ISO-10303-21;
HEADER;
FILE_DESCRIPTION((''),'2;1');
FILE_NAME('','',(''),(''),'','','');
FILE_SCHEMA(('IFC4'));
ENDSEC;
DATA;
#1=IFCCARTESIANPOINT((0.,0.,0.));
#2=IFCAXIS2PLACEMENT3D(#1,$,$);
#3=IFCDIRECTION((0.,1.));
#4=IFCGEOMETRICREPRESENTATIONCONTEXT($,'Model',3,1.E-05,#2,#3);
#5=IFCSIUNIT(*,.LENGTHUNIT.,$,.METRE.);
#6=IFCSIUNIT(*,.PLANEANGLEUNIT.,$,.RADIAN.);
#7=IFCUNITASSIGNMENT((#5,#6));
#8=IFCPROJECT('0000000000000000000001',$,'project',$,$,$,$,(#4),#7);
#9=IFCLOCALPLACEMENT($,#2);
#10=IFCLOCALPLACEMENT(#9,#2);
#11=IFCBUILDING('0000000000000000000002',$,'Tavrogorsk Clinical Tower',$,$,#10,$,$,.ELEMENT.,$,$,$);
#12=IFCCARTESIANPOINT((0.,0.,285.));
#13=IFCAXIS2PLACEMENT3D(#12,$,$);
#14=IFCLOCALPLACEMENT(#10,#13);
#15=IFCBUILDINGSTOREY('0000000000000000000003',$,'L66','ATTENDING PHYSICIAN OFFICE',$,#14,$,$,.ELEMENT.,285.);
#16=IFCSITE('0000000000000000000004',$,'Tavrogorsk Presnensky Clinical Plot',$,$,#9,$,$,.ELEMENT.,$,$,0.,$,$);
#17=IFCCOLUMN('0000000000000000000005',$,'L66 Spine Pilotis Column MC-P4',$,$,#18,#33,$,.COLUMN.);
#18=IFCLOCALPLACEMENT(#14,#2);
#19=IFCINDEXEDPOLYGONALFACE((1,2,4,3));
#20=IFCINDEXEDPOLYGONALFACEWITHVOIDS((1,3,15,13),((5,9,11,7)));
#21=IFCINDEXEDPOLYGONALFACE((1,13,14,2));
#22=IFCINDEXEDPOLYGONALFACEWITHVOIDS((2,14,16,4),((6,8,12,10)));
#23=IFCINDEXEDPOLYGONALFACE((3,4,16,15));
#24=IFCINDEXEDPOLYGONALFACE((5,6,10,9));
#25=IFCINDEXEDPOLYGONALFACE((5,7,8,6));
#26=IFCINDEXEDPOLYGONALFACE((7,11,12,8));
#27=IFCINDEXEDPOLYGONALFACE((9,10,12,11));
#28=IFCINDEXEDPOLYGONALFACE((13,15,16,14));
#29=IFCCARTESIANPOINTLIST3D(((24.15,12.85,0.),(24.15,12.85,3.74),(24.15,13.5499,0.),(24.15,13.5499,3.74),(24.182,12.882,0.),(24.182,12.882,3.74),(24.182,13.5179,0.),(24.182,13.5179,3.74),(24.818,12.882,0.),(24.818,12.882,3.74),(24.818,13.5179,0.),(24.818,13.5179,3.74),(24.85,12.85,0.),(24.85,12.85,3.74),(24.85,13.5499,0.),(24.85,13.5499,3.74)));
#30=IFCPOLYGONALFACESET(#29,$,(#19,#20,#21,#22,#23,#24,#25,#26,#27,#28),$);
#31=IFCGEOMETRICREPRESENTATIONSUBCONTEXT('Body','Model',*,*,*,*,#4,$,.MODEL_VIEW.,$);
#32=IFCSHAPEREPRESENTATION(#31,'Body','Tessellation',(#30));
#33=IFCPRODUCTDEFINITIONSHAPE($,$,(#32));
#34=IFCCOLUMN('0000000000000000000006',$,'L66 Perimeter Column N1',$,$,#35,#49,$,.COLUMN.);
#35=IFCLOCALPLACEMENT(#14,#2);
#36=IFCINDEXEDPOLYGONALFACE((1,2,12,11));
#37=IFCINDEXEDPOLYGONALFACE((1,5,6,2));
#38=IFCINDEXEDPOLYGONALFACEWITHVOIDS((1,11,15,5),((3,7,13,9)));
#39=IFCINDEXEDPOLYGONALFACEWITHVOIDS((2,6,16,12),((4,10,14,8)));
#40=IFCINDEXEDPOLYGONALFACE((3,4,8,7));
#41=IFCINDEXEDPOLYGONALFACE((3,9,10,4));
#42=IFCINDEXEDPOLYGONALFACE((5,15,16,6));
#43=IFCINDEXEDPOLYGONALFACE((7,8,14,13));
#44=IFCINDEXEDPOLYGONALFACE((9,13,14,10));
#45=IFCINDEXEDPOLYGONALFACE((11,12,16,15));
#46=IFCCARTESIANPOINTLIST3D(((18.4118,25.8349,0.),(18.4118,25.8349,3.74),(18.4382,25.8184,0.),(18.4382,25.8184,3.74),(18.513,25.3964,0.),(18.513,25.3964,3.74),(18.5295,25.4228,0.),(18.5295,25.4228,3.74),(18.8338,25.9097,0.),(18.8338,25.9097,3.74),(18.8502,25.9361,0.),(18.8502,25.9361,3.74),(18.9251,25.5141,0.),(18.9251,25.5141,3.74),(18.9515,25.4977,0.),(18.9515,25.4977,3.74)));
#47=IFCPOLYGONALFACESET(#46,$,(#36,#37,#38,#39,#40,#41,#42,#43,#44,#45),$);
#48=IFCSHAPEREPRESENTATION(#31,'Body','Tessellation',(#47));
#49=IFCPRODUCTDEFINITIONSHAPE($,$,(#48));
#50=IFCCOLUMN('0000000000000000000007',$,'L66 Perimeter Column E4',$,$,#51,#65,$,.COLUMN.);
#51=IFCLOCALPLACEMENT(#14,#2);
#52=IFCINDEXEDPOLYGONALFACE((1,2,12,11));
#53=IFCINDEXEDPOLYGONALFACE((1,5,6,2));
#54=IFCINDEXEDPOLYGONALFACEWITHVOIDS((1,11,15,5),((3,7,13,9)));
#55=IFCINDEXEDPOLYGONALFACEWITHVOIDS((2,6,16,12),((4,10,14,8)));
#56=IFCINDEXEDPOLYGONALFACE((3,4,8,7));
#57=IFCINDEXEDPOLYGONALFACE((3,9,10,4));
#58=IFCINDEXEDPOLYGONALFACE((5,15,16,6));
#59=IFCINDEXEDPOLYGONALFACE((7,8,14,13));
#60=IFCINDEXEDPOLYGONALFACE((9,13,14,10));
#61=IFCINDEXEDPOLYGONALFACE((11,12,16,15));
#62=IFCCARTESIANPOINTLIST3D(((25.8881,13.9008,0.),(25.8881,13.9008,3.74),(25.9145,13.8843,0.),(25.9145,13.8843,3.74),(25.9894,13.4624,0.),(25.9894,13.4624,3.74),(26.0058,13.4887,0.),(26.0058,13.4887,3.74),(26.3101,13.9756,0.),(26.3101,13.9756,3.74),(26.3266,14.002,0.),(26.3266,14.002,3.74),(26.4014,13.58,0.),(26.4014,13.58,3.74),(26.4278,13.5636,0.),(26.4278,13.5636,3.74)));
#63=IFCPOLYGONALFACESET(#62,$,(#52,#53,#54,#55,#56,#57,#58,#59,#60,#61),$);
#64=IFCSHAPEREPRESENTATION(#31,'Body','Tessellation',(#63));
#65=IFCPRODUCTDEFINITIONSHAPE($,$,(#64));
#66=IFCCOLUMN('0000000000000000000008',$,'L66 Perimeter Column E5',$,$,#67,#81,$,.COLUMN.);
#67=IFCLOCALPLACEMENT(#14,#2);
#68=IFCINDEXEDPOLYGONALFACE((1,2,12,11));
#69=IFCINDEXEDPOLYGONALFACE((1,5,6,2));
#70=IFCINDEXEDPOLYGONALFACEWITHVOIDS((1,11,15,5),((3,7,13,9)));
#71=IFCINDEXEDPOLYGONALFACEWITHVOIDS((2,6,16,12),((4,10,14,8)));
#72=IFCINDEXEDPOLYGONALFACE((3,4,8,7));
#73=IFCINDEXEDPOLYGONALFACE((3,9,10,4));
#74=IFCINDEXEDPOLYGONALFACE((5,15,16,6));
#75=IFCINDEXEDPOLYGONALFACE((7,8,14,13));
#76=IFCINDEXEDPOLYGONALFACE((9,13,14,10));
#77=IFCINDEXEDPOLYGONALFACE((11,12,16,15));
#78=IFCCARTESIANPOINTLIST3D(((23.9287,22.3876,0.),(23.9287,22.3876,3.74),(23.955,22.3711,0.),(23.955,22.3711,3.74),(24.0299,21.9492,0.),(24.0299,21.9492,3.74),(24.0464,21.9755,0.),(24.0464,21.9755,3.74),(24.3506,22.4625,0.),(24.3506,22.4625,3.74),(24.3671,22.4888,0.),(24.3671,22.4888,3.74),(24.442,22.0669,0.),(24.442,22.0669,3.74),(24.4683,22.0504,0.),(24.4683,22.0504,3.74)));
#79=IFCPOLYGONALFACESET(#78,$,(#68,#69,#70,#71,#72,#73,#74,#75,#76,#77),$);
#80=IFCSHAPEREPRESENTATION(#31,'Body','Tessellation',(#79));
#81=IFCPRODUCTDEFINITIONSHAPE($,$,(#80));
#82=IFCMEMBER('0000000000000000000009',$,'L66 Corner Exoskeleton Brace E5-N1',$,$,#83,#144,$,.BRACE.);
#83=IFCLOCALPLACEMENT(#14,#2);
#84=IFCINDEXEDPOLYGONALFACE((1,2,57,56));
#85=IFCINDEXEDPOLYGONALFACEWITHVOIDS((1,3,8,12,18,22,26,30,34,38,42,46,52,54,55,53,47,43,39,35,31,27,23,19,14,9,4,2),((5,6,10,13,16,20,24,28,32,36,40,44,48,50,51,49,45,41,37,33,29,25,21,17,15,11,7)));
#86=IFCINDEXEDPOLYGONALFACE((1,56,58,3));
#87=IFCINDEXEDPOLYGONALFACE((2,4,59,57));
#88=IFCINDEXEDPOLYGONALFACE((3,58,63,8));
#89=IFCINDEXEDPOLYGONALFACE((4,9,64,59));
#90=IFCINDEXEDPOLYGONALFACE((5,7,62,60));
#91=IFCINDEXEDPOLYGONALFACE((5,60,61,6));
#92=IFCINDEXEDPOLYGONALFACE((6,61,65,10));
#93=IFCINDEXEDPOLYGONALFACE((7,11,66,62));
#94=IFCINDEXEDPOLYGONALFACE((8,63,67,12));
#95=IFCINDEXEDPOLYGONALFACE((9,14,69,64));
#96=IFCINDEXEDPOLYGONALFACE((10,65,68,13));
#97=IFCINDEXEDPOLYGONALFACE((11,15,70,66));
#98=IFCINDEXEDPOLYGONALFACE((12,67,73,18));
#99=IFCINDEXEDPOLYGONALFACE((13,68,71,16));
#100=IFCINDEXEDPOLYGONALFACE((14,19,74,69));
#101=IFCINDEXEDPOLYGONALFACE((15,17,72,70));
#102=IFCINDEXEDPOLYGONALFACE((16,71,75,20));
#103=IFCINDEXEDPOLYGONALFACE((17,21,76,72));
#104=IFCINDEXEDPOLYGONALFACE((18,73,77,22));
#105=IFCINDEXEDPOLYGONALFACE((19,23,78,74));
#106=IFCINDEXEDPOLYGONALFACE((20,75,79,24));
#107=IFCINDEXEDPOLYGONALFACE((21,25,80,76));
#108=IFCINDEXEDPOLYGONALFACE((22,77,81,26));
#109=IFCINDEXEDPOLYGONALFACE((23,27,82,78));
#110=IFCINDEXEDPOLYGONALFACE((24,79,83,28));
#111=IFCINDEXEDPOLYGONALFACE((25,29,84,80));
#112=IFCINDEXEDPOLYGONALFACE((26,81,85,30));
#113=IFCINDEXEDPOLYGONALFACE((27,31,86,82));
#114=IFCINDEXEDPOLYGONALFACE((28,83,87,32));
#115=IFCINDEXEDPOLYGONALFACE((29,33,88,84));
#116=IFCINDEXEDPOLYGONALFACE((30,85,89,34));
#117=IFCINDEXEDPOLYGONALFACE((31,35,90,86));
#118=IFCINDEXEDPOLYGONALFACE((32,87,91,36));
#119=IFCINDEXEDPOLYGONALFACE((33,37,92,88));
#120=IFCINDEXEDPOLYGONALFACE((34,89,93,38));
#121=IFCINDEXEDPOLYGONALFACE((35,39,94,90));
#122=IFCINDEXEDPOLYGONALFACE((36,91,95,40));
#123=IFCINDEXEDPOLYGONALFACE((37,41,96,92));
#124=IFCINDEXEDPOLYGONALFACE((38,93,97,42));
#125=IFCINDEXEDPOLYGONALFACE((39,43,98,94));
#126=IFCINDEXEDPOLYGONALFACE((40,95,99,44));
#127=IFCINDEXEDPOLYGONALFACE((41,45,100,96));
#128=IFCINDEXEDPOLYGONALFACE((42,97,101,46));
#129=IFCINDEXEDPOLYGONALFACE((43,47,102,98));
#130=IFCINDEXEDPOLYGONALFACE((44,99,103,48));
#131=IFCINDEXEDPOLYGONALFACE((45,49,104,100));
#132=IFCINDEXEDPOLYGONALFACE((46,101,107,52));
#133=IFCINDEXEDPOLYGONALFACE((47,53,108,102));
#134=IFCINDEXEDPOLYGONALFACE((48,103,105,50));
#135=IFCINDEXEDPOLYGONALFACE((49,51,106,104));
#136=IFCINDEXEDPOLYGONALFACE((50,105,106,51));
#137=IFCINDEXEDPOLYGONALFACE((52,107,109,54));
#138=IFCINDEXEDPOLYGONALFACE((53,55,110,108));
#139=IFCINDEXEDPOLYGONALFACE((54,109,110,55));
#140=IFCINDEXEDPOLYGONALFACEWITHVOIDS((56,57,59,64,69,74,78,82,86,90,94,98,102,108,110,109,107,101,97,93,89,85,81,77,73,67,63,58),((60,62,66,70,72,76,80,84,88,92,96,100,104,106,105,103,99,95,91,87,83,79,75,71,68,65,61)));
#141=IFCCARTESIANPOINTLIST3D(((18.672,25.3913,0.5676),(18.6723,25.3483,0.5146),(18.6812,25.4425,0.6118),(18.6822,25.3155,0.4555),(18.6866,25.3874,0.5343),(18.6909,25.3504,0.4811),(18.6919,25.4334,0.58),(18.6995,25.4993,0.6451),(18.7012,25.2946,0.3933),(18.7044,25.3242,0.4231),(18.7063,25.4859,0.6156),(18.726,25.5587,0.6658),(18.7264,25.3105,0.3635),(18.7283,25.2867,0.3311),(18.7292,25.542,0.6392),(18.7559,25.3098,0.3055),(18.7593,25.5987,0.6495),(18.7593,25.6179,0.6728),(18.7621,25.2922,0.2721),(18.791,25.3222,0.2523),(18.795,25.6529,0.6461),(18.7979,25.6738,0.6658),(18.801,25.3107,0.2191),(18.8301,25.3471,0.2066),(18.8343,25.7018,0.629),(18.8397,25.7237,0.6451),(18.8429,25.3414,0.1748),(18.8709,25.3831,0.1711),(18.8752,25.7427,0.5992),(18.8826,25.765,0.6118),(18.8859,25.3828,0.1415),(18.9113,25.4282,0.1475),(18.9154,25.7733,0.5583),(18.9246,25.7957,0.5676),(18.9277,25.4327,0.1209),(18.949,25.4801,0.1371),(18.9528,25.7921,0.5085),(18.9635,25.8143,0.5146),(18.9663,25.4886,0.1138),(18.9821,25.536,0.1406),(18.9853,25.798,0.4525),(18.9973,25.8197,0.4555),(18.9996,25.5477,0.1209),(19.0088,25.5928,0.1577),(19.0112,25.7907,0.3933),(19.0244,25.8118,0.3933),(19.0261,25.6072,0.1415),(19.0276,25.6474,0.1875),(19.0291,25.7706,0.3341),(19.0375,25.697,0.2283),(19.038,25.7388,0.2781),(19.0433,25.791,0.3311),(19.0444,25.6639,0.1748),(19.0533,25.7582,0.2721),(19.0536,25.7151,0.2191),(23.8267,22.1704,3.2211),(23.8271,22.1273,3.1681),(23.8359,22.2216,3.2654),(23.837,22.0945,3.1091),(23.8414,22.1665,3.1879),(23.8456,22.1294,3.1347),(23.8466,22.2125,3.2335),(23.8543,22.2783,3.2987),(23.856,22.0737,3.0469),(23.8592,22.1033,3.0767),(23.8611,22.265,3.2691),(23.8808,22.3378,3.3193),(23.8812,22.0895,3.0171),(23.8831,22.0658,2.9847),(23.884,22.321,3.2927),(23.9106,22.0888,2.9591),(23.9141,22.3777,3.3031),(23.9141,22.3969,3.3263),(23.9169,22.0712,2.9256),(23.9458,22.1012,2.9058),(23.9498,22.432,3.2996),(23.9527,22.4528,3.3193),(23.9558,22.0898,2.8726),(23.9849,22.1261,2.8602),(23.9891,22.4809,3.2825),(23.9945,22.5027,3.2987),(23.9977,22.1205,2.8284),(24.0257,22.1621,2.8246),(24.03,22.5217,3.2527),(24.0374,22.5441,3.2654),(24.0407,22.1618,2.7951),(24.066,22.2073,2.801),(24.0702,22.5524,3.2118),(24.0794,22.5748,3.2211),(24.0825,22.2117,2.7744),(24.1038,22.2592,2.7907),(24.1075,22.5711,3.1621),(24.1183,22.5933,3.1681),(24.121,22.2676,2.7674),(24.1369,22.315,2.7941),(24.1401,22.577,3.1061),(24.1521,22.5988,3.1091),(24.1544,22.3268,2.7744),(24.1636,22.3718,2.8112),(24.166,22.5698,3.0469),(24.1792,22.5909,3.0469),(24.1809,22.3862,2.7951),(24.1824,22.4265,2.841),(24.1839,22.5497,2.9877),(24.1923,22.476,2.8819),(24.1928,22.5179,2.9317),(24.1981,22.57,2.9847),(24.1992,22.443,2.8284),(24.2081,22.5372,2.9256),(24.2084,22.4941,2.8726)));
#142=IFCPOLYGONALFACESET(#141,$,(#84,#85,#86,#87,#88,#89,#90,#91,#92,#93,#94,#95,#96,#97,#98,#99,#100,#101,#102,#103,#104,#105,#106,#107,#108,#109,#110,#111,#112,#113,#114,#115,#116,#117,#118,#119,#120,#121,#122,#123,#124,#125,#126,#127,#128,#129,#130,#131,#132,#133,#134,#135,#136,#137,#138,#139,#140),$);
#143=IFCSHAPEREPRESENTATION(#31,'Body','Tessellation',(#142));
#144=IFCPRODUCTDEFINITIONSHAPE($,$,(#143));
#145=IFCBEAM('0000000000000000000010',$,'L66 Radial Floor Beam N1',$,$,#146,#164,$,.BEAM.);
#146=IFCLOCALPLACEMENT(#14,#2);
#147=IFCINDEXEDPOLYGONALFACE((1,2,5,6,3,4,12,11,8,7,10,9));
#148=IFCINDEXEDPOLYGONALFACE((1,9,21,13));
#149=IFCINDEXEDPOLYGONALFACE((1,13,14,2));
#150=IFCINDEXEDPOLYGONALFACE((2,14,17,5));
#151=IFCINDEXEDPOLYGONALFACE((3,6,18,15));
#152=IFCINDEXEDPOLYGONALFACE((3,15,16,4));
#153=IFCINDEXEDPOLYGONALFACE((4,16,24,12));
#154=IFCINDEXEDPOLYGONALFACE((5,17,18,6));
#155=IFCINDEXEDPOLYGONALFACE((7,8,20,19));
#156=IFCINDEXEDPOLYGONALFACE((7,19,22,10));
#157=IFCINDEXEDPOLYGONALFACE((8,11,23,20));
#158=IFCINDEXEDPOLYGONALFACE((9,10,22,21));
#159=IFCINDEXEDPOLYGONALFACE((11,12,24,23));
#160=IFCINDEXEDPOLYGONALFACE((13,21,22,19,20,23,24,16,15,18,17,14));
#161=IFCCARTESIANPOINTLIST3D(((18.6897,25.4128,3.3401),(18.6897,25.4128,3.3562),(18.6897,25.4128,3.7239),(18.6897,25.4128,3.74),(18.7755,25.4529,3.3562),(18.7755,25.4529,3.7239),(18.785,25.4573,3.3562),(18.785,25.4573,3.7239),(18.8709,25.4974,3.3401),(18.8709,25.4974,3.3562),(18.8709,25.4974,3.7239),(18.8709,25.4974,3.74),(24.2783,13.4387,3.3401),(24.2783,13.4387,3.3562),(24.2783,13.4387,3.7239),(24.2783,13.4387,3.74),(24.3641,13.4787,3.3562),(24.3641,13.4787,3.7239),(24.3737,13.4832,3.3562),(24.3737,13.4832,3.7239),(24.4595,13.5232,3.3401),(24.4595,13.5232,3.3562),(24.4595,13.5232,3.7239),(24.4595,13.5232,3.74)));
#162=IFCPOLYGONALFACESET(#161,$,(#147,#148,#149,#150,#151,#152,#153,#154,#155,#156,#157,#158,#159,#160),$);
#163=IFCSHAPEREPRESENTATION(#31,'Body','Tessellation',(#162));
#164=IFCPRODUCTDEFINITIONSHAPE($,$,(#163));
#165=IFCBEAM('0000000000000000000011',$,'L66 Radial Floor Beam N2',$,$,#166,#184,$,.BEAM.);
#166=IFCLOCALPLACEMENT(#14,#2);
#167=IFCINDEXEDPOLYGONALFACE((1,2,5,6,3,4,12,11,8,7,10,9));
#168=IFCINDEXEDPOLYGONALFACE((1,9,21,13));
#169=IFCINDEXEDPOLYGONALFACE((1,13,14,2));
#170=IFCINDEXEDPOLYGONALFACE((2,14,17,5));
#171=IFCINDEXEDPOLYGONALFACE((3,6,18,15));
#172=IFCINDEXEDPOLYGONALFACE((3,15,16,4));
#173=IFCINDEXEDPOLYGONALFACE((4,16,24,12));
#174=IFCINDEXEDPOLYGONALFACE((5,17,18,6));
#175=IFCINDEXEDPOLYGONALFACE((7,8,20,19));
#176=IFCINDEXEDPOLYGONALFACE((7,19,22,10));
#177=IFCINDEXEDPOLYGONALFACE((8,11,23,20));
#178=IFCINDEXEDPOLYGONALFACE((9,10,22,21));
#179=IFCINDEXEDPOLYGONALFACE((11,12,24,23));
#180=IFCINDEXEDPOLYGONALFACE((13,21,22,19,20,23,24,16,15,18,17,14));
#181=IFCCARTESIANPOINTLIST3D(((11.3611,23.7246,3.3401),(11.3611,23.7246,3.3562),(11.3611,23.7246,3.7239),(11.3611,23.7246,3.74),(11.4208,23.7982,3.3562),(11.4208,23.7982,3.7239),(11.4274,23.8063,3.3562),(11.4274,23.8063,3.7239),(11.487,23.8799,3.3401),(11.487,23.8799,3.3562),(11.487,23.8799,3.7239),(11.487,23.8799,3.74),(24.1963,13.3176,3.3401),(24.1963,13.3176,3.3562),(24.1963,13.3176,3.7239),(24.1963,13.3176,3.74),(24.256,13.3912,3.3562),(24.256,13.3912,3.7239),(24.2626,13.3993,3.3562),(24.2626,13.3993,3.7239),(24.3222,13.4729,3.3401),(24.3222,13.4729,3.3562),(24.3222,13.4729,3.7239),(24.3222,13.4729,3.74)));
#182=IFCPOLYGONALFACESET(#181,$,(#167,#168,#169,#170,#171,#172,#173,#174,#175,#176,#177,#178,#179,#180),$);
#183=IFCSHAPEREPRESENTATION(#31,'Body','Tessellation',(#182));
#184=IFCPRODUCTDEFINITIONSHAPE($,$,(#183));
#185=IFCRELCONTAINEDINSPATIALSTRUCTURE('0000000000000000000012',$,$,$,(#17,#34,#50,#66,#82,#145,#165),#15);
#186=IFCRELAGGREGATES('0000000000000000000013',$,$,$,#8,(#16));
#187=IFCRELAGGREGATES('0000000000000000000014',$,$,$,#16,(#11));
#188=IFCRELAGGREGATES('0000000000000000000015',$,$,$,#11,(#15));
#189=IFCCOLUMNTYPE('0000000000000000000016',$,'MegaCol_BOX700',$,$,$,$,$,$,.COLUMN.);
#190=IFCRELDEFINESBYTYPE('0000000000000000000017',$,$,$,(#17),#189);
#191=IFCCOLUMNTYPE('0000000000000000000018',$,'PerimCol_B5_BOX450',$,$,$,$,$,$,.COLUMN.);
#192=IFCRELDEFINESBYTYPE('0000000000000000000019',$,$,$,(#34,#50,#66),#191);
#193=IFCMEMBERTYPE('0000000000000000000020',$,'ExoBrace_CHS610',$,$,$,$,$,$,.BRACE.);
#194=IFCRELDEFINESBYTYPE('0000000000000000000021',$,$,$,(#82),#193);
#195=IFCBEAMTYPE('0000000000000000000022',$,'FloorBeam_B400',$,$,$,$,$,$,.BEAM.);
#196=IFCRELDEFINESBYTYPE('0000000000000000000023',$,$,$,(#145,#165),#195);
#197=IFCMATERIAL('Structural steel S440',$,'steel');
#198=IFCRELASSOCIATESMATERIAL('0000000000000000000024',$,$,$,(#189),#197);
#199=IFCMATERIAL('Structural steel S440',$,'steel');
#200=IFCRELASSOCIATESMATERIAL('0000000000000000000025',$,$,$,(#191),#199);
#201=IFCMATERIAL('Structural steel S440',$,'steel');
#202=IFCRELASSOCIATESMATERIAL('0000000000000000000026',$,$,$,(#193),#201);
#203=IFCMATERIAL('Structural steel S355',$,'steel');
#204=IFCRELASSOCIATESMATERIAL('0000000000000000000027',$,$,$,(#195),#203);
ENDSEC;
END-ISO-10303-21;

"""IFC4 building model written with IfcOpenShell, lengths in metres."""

from ifc_helpers import new_model, si_unit, direction, frame, origin, origin_2d, place, context, subcontext, project, spatial, hollow_rectangle, hollow_circle, i_section, extrude, material, material_profile, profile_set, type_object, element, save


model = new_model("IFC4")

# Units and contexts
model_context = context("Model", 3, precision=1e-05, world=origin(), true_north=direction((0.0, 1.0)))
body_context = subcontext(model_context, "Body", "Model", "MODEL_VIEW")
ifc_project = project(units=[si_unit("LENGTHUNIT", "METRE"), si_unit("PLANEANGLEUNIT", "RADIAN")], contexts=[model_context])

# Site, building, storey
site_placement = place(None, origin())
site = spatial("IfcSite", under=ifc_project, at=site_placement, Name="Tavrogorsk Presnensky Clinical Plot", CompositionType="ELEMENT", RefElevation=0.0)
building_placement = place(site_placement, origin())
building = spatial("IfcBuilding", under=site, at=building_placement, Name="Tavrogorsk Clinical Tower", CompositionType="ELEMENT")
storey_placement = place(building_placement, frame((0.0, 0.0, 285.0)))
storey = spatial("IfcBuildingStorey", under=building, at=storey_placement, Name="L66", Description="ATTENDING PHYSICIAN OFFICE", CompositionType="ELEMENT", Elevation=285.0)

# Columns
ifc_material_1 = material(Name="Structural steel S440", Category="steel")
ifc_material_profile_1 = material_profile(ifc_material_1, hollow_rectangle(XDim=0.7, YDim=0.7, WallThickness=0.032, at=origin_2d()), Name="BOX-700x700x32")
ifc_profile_set_1 = profile_set([ifc_material_profile_1], Name="Structural steel S440")
column_type_1 = type_object("IfcColumnType", Name="MegaCol_BOX700", PredefinedType="COLUMN", material=ifc_profile_set_1)
column_placement = place(storey_placement, frame((24.5, 13.2, 0.0), z_axis=(0.0, 0.0, 1.0), x_axis=(1.0, 0.0, 0.0)))
element("IfcColumn", 1, at=column_placement, inside=storey, type_object=column_type_1, Name="L66 Spine Pilotis Column MC-P4", PredefinedType="COLUMN", context=body_context, shape_type="SweptSolid", body=[
    extrude(hollow_rectangle(XDim=0.7, YDim=0.7, WallThickness=0.032, at=origin_2d()), origin(), (0.0, 0.0, 1.0), 3.74),
])
ifc_material_2 = material(Name="Structural steel S440", Category="steel")
ifc_material_profile_2 = material_profile(ifc_material_2, hollow_rectangle(XDim=0.45, YDim=0.45, WallThickness=0.022, at=origin_2d()), Name="BOX-450x450x22")
ifc_profile_set_2 = profile_set([ifc_material_profile_2], Name="Structural steel S440")
column_type_2 = type_object("IfcColumnType", Name="PerimCol_B5_BOX450", PredefinedType="COLUMN", material=ifc_profile_set_2)
for number, where, z_axis, x_axis, name in (
    (2, (18.6816, 25.6663, 0.0), (0.0, 0.0, 1.0), (0.97437, 0.224951, 0.0), "L66 Perimeter Column N1"),
    (3, (26.158, 13.7322, 0.0), (0.0, 0.0, 1.0), (0.97437, 0.224951, 0.0), "L66 Perimeter Column E4"),
    (4, (24.1985, 22.219, 0.0), (0.0, 0.0, 1.0), (0.97437, 0.224951, 0.0), "L66 Perimeter Column E5"),
):
    element("IfcColumn", number, at=place(storey_placement, frame(where, z_axis=z_axis, x_axis=x_axis)), inside=storey, type_object=column_type_2, Name=name, PredefinedType="COLUMN", context=body_context, shape_type="SweptSolid", body=[
        extrude(hollow_rectangle(XDim=0.45, YDim=0.45, WallThickness=0.022, at=origin_2d()), origin(), (0.0, 0.0, 1.0), 3.74),
    ])

# Member
ifc_material_3 = material(Name="Structural steel S440", Category="steel")
ifc_material_profile_3 = material_profile(ifc_material_3, hollow_circle(Radius=0.3049, WallThickness=0.0249, at=origin_2d()), Name="CHS-610x25")
ifc_profile_set_3 = profile_set([ifc_material_profile_3], Name="Structural steel S440")
member_type_1 = type_object("IfcMemberType", Name="ExoBrace_CHS610", PredefinedType="BRACE", material=ifc_profile_set_3)
member_placement = place(storey_placement, frame((18.8628, 25.5532, 0.3933), z_axis=(0.777222, -0.485644, 0.400096), x_axis=(0.529905, 0.848057, 0.0)))
element("IfcMember", 5, at=member_placement, inside=storey, type_object=member_type_1, Name="L66 Corner Exoskeleton Brace E5-N1", PredefinedType="BRACE", context=body_context, shape_type="SweptSolid", body=[
    extrude(hollow_circle(Radius=0.3049, WallThickness=0.0249, at=origin_2d()), origin(), (0.0, 0.0, 1.0), 6.6323),
])

# Beams
ifc_material_4 = material(Name="Structural steel S355", Category="steel")
ifc_material_profile_4 = material_profile(ifc_material_4, i_section(OverallWidth=0.2, OverallDepth=0.3999, WebThickness=0.0105, FlangeThickness=0.0161, at=origin_2d()), Name="B-400x200x10.5x16")
ifc_profile_set_4 = profile_set([ifc_material_profile_4], Name="Structural steel S355")
beam_type_1 = type_object("IfcBeamType", Name="FloorBeam_B400", PredefinedType="BEAM", material=ifc_profile_set_4)
beam_1_placement = place(storey_placement, frame((24.3689, 13.481, 3.54), z_axis=(-0.422929, 0.906163, 0.0), x_axis=(-0.906163, -0.422929, 0.0)))
element("IfcBeam", 6, at=beam_1_placement, inside=storey, type_object=beam_type_1, Name="L66 Radial Floor Beam N1", PredefinedType="BEAM", context=body_context, shape_type="SweptSolid", body=[
    extrude(i_section(OverallWidth=0.2, OverallDepth=0.3999, WebThickness=0.0105, FlangeThickness=0.0161, at=origin_2d()), origin(), (0.0, 0.0, 1.0), 13.2141),
])
beam_2_placement = place(storey_placement, frame((24.2593, 13.3953, 3.54), z_axis=(-0.776754, 0.629804, 0.0), x_axis=(-0.629804, -0.776754, 0.0)))
element("IfcBeam", 7, at=beam_2_placement, inside=storey, type_object=beam_type_1, Name="L66 Radial Floor Beam N2", PredefinedType="BEAM", context=body_context, shape_type="SweptSolid", body=[
    extrude(i_section(OverallWidth=0.2, OverallDepth=0.3999, WebThickness=0.0105, FlangeThickness=0.0161, at=origin_2d()), origin(), (0.0, 0.0, 1.0), 16.5242),
])

save(model, "model.ifc")
